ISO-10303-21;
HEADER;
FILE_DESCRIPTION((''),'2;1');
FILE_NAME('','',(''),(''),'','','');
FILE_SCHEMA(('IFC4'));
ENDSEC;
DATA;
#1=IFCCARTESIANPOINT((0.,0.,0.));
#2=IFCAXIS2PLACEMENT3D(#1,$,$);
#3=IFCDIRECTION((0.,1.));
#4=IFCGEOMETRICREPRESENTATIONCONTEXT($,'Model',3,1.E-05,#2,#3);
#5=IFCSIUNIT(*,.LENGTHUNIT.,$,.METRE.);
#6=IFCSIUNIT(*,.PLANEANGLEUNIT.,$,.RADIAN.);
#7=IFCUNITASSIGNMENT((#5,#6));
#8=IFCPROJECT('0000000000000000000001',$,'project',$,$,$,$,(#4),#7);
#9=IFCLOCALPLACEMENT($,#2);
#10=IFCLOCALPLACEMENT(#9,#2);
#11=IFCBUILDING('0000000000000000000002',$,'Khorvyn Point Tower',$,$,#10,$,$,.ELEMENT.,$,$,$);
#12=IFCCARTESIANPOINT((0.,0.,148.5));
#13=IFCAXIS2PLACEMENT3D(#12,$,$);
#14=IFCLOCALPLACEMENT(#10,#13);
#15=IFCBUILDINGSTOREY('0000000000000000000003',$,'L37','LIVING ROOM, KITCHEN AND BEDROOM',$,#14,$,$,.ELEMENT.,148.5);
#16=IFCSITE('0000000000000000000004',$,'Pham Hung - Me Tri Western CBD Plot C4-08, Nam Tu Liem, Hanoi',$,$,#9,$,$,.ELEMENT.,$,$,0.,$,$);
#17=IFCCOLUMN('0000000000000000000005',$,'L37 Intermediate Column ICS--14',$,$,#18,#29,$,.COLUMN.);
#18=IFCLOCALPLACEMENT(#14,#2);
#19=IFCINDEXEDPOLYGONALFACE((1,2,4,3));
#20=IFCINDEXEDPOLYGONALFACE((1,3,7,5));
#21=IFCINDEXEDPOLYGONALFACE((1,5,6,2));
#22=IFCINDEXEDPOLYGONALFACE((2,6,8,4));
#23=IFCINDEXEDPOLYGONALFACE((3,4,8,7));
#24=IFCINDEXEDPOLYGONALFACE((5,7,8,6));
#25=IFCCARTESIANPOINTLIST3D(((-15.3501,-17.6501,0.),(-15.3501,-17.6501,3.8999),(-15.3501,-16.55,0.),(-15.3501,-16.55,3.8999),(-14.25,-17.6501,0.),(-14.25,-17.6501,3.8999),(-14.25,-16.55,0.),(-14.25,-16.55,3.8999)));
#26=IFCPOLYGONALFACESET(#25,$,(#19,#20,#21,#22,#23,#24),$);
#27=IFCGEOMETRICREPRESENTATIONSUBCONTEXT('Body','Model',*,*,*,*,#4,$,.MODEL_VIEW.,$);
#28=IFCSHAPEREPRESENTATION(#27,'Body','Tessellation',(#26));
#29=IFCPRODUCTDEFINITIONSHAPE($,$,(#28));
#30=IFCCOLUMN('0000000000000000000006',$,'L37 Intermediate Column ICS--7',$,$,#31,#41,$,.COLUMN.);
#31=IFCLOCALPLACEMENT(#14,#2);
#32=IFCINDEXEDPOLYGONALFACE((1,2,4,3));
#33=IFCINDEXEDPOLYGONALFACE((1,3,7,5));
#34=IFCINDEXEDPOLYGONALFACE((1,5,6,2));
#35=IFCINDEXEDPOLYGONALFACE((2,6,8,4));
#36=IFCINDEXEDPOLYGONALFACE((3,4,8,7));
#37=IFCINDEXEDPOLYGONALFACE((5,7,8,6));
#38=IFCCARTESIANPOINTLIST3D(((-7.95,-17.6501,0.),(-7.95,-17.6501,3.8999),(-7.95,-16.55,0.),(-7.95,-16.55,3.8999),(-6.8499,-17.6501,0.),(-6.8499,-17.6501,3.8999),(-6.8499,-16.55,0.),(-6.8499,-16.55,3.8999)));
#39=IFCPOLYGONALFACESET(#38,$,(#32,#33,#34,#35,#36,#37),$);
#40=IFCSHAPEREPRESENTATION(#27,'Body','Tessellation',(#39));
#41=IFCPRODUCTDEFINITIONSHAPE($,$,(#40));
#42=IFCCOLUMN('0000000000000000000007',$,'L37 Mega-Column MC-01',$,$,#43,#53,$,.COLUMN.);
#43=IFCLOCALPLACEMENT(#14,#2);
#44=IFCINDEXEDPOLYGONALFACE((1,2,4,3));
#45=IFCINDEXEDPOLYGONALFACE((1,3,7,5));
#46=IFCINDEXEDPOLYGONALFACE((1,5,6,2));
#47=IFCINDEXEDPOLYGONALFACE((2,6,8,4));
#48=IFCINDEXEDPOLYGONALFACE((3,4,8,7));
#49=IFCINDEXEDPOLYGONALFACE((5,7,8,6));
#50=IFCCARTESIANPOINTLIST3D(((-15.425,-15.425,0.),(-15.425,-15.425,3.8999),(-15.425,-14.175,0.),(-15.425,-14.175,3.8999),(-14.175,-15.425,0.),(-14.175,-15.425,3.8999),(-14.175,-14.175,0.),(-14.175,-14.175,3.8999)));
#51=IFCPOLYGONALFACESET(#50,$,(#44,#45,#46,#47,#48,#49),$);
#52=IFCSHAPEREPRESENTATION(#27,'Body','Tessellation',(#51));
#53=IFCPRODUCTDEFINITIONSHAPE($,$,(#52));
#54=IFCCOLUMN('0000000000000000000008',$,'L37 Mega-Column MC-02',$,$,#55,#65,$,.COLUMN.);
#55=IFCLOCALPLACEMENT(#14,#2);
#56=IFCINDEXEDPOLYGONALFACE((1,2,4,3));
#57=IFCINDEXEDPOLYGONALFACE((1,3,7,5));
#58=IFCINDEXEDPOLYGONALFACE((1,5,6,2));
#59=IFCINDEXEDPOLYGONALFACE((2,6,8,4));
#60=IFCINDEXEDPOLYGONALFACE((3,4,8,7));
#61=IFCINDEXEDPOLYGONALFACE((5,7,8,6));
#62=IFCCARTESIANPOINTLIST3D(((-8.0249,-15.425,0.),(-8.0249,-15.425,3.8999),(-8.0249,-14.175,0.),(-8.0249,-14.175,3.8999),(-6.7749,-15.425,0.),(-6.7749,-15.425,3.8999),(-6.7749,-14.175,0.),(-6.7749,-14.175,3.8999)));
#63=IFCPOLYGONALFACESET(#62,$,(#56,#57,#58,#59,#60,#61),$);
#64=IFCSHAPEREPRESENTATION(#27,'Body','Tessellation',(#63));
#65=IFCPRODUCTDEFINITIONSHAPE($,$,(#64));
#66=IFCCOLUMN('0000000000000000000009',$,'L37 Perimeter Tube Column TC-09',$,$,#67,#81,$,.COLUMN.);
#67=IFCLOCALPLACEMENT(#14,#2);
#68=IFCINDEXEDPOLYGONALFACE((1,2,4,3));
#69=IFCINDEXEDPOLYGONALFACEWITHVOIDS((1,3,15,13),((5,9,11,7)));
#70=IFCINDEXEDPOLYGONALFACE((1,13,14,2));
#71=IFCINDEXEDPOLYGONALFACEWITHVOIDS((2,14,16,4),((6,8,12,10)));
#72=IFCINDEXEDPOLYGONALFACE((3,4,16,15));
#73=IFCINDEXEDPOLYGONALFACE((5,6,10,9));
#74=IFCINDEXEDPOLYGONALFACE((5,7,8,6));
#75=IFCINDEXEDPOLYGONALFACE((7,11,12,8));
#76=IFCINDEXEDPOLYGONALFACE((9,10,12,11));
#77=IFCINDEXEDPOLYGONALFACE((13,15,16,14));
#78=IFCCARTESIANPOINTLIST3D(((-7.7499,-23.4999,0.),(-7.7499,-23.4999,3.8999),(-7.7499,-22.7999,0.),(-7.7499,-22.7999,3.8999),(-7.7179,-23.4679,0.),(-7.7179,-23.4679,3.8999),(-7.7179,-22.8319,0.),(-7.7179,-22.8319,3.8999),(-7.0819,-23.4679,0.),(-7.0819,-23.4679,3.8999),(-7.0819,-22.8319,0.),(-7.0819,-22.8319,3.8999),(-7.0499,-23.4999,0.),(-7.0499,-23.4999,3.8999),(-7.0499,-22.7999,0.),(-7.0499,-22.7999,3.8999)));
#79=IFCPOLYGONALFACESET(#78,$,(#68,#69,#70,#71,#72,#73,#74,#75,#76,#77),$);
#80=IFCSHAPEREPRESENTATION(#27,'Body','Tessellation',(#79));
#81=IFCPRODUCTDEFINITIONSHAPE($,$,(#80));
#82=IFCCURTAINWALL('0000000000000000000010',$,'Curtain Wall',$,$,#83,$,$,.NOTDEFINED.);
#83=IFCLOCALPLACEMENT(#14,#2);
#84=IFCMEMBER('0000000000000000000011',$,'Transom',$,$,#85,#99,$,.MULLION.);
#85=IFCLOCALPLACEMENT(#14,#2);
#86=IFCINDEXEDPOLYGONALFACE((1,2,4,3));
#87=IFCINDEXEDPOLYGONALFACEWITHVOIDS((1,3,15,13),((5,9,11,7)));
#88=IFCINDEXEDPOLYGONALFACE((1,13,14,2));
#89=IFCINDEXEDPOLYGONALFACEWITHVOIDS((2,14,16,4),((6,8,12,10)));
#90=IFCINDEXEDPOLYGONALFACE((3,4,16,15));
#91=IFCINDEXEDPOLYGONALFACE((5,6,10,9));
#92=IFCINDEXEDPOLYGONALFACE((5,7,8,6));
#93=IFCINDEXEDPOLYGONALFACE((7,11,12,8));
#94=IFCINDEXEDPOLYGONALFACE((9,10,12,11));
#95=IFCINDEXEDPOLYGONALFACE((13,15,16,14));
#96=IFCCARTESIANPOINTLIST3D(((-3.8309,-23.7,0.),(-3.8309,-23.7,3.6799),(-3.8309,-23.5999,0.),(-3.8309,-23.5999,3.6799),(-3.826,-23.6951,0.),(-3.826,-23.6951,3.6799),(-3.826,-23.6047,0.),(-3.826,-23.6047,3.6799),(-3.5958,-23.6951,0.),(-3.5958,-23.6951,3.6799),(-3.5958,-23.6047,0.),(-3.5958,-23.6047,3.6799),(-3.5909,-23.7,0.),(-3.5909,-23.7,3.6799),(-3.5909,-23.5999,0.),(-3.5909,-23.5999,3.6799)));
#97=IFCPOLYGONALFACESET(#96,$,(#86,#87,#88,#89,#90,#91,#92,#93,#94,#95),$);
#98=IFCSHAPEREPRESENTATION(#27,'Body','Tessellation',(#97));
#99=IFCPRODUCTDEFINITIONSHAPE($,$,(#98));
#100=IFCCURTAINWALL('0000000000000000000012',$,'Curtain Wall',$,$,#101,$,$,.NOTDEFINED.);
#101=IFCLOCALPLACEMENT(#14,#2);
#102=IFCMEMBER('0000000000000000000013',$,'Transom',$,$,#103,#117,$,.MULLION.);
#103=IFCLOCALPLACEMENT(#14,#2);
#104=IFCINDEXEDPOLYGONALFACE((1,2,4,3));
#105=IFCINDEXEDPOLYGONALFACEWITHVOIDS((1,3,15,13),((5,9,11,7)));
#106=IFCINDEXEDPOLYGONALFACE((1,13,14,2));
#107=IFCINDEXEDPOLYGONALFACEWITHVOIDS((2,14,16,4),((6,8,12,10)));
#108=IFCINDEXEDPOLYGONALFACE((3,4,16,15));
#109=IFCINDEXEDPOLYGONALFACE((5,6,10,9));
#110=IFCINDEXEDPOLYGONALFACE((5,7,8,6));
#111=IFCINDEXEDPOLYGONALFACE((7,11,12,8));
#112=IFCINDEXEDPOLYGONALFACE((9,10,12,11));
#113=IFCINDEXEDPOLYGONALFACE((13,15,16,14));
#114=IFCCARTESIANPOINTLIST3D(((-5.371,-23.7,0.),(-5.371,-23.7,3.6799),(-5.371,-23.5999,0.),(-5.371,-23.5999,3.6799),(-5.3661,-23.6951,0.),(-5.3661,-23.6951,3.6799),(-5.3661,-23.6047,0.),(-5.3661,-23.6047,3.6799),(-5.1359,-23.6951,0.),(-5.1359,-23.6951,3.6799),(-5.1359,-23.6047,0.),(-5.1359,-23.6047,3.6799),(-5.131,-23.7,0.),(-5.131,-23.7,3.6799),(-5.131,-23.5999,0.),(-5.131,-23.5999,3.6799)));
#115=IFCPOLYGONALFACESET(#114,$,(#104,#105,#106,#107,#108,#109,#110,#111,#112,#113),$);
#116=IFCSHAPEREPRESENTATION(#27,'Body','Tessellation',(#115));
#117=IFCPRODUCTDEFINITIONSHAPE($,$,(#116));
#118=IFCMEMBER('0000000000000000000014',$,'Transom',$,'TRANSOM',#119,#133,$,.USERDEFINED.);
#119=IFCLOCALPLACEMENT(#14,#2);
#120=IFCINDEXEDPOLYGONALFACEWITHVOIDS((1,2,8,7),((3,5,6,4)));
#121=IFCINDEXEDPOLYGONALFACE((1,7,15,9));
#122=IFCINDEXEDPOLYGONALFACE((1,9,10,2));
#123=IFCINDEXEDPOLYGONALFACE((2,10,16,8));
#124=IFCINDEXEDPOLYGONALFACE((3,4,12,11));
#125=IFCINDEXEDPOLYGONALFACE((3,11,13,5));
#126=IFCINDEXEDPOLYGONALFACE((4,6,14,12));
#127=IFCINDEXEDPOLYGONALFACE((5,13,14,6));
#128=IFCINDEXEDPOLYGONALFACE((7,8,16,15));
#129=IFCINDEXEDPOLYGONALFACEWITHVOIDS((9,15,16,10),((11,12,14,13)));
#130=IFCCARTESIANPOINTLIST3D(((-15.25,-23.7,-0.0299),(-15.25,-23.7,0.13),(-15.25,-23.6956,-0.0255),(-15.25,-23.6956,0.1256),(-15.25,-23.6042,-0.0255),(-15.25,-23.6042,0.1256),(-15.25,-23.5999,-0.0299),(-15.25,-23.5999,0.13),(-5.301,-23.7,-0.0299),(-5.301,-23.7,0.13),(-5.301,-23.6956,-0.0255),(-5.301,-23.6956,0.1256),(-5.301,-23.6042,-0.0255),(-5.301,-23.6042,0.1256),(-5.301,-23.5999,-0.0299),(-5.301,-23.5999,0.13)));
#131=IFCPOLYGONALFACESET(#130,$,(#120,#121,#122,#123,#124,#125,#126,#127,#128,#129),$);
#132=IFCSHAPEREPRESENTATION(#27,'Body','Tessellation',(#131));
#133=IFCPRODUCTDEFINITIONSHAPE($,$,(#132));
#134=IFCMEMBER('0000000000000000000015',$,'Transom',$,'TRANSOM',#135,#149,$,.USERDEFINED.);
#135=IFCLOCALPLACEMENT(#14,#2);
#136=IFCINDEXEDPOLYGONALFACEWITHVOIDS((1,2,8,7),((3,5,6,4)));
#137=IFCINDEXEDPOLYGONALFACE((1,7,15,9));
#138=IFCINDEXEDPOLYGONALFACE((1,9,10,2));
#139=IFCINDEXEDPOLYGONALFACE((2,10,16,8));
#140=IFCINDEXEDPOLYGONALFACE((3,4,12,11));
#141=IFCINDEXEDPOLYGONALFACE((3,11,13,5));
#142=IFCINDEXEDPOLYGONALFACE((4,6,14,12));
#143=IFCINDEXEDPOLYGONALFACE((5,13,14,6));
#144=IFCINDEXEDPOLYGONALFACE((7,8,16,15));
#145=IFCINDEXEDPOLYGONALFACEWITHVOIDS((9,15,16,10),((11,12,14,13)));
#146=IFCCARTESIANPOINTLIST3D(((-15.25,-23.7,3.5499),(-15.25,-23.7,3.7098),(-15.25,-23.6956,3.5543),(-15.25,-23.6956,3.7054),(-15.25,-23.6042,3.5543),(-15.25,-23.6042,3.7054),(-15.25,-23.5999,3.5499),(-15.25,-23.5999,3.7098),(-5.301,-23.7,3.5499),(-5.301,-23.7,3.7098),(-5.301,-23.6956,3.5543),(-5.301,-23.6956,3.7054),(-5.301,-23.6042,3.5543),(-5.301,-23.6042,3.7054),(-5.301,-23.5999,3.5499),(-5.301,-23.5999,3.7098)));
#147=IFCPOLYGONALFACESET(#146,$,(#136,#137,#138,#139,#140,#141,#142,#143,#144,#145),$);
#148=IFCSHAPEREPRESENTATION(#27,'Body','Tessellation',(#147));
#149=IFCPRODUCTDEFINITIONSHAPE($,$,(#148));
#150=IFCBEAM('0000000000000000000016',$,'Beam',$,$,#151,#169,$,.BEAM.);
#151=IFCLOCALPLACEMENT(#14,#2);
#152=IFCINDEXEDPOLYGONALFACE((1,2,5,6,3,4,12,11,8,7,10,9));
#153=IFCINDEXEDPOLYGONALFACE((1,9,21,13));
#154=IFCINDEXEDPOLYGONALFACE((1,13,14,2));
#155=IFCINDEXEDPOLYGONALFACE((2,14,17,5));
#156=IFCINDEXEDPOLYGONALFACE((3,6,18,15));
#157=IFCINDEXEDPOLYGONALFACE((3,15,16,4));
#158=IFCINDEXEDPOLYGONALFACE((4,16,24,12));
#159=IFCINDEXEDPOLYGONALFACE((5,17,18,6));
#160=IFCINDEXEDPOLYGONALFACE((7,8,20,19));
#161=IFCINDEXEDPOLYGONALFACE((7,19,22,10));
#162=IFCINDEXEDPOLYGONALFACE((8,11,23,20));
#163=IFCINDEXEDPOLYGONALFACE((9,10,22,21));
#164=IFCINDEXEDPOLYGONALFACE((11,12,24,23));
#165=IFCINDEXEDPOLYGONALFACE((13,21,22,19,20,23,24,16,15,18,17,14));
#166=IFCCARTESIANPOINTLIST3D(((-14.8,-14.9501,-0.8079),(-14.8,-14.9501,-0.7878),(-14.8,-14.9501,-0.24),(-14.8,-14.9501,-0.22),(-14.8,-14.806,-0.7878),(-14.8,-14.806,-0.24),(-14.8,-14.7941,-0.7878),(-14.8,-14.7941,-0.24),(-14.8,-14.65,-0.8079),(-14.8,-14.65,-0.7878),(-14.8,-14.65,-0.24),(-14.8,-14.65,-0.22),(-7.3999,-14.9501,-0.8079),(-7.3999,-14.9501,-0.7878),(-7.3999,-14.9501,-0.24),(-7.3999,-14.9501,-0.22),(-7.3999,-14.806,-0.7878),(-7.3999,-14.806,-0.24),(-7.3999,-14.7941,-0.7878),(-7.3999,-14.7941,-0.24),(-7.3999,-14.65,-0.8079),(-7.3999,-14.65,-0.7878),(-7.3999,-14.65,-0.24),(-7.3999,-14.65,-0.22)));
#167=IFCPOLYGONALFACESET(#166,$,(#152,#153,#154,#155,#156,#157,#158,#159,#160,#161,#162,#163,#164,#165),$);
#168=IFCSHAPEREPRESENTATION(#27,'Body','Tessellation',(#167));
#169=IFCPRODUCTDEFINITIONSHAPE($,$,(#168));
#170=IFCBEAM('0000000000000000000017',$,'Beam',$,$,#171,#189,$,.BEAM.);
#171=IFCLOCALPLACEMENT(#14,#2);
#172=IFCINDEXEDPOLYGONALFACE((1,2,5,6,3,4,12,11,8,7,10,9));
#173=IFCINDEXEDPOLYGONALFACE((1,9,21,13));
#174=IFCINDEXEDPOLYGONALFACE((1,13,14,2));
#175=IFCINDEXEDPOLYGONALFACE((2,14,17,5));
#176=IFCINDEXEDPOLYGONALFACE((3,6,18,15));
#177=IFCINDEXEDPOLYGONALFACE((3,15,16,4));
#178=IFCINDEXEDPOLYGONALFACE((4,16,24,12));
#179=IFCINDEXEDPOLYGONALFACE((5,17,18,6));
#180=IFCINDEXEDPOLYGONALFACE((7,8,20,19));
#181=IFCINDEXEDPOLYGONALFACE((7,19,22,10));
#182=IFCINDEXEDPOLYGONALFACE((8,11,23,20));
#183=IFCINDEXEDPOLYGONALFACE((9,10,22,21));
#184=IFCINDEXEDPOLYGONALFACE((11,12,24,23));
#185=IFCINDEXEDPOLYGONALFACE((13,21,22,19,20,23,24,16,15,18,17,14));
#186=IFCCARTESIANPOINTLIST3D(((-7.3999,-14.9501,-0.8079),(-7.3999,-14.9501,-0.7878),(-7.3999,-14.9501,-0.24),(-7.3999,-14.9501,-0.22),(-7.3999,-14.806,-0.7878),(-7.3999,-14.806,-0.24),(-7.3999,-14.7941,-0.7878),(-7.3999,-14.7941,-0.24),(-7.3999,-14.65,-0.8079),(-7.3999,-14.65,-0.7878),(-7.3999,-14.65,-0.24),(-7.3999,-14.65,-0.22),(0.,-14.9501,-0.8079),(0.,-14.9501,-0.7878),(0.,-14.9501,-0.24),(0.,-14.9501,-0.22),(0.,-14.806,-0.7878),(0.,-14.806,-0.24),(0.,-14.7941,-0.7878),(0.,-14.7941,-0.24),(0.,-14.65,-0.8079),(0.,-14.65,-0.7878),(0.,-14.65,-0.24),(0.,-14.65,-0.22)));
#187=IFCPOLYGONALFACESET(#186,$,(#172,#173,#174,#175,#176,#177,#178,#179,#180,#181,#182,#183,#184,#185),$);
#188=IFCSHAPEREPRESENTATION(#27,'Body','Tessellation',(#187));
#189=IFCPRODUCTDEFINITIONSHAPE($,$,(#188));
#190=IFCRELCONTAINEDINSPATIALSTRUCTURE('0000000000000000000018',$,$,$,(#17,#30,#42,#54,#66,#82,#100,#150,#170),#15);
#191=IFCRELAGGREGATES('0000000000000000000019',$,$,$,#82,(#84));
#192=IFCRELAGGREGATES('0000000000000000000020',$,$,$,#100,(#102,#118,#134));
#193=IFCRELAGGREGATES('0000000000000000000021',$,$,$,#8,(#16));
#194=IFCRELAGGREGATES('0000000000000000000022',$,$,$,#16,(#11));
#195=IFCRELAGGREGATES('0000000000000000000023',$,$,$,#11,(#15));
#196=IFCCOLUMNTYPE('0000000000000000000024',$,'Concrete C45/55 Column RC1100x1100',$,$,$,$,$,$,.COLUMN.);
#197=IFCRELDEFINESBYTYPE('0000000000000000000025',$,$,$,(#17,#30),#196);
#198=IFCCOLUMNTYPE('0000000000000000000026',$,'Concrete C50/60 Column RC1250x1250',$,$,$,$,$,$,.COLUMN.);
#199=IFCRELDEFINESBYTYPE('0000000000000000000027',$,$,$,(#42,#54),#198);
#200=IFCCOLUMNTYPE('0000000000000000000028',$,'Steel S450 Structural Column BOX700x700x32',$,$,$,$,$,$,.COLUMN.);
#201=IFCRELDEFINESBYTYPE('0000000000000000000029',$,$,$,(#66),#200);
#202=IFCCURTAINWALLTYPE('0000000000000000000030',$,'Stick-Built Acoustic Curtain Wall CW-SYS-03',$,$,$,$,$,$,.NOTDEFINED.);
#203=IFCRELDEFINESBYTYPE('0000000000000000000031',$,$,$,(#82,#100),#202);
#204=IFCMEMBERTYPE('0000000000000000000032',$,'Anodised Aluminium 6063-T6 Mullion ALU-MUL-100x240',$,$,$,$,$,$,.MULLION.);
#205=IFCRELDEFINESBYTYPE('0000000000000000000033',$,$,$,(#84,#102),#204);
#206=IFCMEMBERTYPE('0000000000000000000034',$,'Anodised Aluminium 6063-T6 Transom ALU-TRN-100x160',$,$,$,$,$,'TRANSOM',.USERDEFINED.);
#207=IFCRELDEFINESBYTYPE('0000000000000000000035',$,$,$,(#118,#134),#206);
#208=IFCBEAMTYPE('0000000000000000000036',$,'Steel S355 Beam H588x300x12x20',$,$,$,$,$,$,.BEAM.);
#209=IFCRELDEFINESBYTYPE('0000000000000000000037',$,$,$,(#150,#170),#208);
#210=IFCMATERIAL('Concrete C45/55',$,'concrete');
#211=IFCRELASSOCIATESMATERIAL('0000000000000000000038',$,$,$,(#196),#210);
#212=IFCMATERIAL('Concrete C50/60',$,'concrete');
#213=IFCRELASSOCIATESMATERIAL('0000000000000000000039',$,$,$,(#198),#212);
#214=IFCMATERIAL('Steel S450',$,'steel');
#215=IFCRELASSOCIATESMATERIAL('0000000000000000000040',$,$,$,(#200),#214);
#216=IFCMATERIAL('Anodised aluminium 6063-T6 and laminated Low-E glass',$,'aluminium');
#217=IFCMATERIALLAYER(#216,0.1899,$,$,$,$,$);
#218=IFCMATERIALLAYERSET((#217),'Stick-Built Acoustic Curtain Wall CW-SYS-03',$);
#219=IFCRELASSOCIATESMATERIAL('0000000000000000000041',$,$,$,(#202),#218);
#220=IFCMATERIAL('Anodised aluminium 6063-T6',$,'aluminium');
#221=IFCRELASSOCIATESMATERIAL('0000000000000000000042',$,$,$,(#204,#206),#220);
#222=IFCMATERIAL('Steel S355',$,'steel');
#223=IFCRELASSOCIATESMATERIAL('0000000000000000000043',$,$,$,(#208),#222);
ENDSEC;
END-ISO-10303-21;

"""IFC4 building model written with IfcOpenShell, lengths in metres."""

from ifc_helpers import new_model, si_unit, direction, frame, origin, origin_2d, place, context, subcontext, project, spatial, rectangle, hollow_rectangle, i_section, extrude, material, layer, layer_set, material_profile, profile_set, type_object, element, aggregate, save


model = new_model("IFC4")

# Units and contexts
model_context = context("Model", 3, precision=1e-05, world=origin(), true_north=direction((0.0, 1.0)))
body_context = subcontext(model_context, "Body", "Model", "MODEL_VIEW")
ifc_project = project(units=[si_unit("LENGTHUNIT", "METRE"), si_unit("PLANEANGLEUNIT", "RADIAN")], contexts=[model_context])

# Site, building, storey
site_placement = place(None, origin())
site = spatial("IfcSite", under=ifc_project, at=site_placement, Name="Pham Hung - Me Tri Western CBD Plot C4-08, Nam Tu Liem, Hanoi", CompositionType="ELEMENT", RefElevation=0.0)
building_placement = place(site_placement, origin())
building = spatial("IfcBuilding", under=site, at=building_placement, Name="Khorvyn Point Tower", CompositionType="ELEMENT")
storey_placement = place(building_placement, frame((0.0, 0.0, 148.5)))
storey = spatial("IfcBuildingStorey", under=building, at=storey_placement, Name="L37", Description="LIVING ROOM, KITCHEN AND BEDROOM", CompositionType="ELEMENT", Elevation=148.5)

# Columns
ifc_material_1 = material(Name="Concrete C45/55", Category="concrete")
ifc_material_profile_1 = material_profile(ifc_material_1, rectangle(XDim=1.1001, YDim=1.1001, at=origin_2d()))
ifc_profile_set_1 = profile_set([ifc_material_profile_1], Name="Concrete C45/55 RC1100x1100")
column_type_1 = type_object("IfcColumnType", Name="Concrete C45/55 Column RC1100x1100", PredefinedType="COLUMN", material=ifc_profile_set_1)
for number, where, z_axis, x_axis, name in (
    (1, (-14.8, -17.1001, 0.0), (0.0, 0.0, 1.0), (1.0, 0.0, 0.0), "L37 Intermediate Column ICS--14"),
    (2, (-7.3999, -17.1001, 0.0), (0.0, 0.0, 1.0), (1.0, 0.0, 0.0), "L37 Intermediate Column ICS--7"),
):
    element("IfcColumn", number, at=place(storey_placement, frame(where, z_axis=z_axis, x_axis=x_axis)), inside=storey, type_object=column_type_1, Name=name, PredefinedType="COLUMN", context=body_context, shape_type="SweptSolid", body=[
        extrude(rectangle(XDim=1.1001, YDim=1.1001, at=origin_2d()), origin(), (0.0, 0.0, 1.0), 3.8999),
    ])
ifc_material_2 = material(Name="Concrete C50/60", Category="concrete")
ifc_material_profile_2 = material_profile(ifc_material_2, rectangle(XDim=1.25, YDim=1.25, at=origin_2d()))
ifc_profile_set_2 = profile_set([ifc_material_profile_2], Name="Concrete C50/60 RC1250x1250")
column_type_2 = type_object("IfcColumnType", Name="Concrete C50/60 Column RC1250x1250", PredefinedType="COLUMN", material=ifc_profile_set_2)
for number, where, z_axis, x_axis, name in (
    (3, (-14.8, -14.8, 0.0), (0.0, 0.0, 1.0), (1.0, 0.0, 0.0), "L37 Mega-Column MC-01"),
    (4, (-7.3999, -14.8, 0.0), (0.0, 0.0, 1.0), (1.0, 0.0, 0.0), "L37 Mega-Column MC-02"),
):
    element("IfcColumn", number, at=place(storey_placement, frame(where, z_axis=z_axis, x_axis=x_axis)), inside=storey, type_object=column_type_2, Name=name, PredefinedType="COLUMN", context=body_context, shape_type="SweptSolid", body=[
        extrude(rectangle(XDim=1.25, YDim=1.25, at=origin_2d()), origin(), (0.0, 0.0, 1.0), 3.8999),
    ])
ifc_material_3 = material(Name="Steel S450", Category="steel")
ifc_material_profile_3 = material_profile(ifc_material_3, hollow_rectangle(XDim=0.7, YDim=0.7, WallThickness=0.032, at=origin_2d()))
ifc_profile_set_3 = profile_set([ifc_material_profile_3], Name="Steel S450 BOX700x700x32")
column_type_3 = type_object("IfcColumnType", Name="Steel S450 Structural Column BOX700x700x32", PredefinedType="COLUMN", material=ifc_profile_set_3)
column_placement = place(storey_placement, frame((-7.3999, -23.1499, 0.0), z_axis=(0.0, 0.0, 1.0), x_axis=(1.0, 0.0, 0.0)))
element("IfcColumn", 5, at=column_placement, inside=storey, type_object=column_type_3, Name="L37 Perimeter Tube Column TC-09", PredefinedType="COLUMN", context=body_context, shape_type="SweptSolid", body=[
    extrude(hollow_rectangle(XDim=0.7, YDim=0.7, WallThickness=0.032, at=origin_2d()), origin(), (0.0, 0.0, 1.0), 3.8999),
])

# Curtain wall, member
ifc_material_4 = material(Name="Anodised aluminium 6063-T6 and laminated Low-E glass", Category="aluminium")
ifc_layer_1 = layer(ifc_material_4, 0.1899)
ifc_layer_set_1 = layer_set([ifc_layer_1], Name="Stick-Built Acoustic Curtain Wall CW-SYS-03")
curtain_wall_type = type_object("IfcCurtainWallType", Name="Stick-Built Acoustic Curtain Wall CW-SYS-03", PredefinedType="NOTDEFINED", material=ifc_layer_set_1)
curtain_wall_1_placement = place(storey_placement, origin())
curtain_wall_1 = element("IfcCurtainWall", 6, at=curtain_wall_1_placement, inside=storey, type_object=curtain_wall_type, Name="Curtain Wall", PredefinedType="NOTDEFINED")
ifc_material_5 = material(Name="Anodised aluminium 6063-T6", Category="aluminium")
ifc_material_profile_4 = material_profile(ifc_material_5, hollow_rectangle(XDim=0.1001, YDim=0.24, WallThickness=0.0049, at=origin_2d()))
ifc_profile_set_4 = profile_set([ifc_material_profile_4], Name="Anodised aluminium 6063-T6 ALU-MUL-100x240")
member_type_1 = type_object("IfcMemberType", Name="Anodised Aluminium 6063-T6 Mullion ALU-MUL-100x240", PredefinedType="MULLION", material=ifc_profile_set_4)
member_1_placement = place(storey_placement, frame((-3.7109, -23.6499, 0.0), z_axis=(0.0, 0.0, 1.0), x_axis=(0.0, -1.0, 0.0)))
member_1 = element("IfcMember", 7, at=member_1_placement, type_object=member_type_1, Name="Transom", PredefinedType="MULLION", context=body_context, shape_type="SweptSolid", body=[
    extrude(hollow_rectangle(XDim=0.1001, YDim=0.24, WallThickness=0.0049, at=origin_2d()), origin(), (0.0, 0.0, 1.0), 3.6799),
])
aggregate(curtain_wall_1, [member_1])

# Curtain wall, members
curtain_wall_2_placement = place(storey_placement, origin())
curtain_wall_2 = element("IfcCurtainWall", 8, at=curtain_wall_2_placement, inside=storey, type_object=curtain_wall_type, Name="Curtain Wall", PredefinedType="NOTDEFINED")
member_2_placement = place(storey_placement, frame((-5.251, -23.6499, 0.0), z_axis=(0.0, 0.0, 1.0), x_axis=(0.0, -1.0, 0.0)))
member_2 = element("IfcMember", 9, at=member_2_placement, type_object=member_type_1, Name="Transom", PredefinedType="MULLION", context=body_context, shape_type="SweptSolid", body=[
    extrude(hollow_rectangle(XDim=0.1001, YDim=0.24, WallThickness=0.0049, at=origin_2d()), origin(), (0.0, 0.0, 1.0), 3.6799),
])
ifc_material_profile_5 = material_profile(ifc_material_5, hollow_rectangle(XDim=0.1001, YDim=0.1599, WallThickness=0.0044, at=origin_2d()))
ifc_profile_set_5 = profile_set([ifc_material_profile_5], Name="Anodised aluminium 6063-T6 ALU-TRN-100x160")
member_type_2 = type_object("IfcMemberType", Name="Anodised Aluminium 6063-T6 Transom ALU-TRN-100x160", ElementType="TRANSOM", PredefinedType="USERDEFINED", material=ifc_profile_set_5)
member_3_placement = place(storey_placement, frame((-5.301, -23.6499, 0.05), z_axis=(-1.0, 0.0, 0.0), x_axis=(0.0, -1.0, 0.0)))
member_3 = element("IfcMember", 10, at=member_3_placement, type_object=member_type_2, Name="Transom", ObjectType="TRANSOM", PredefinedType="USERDEFINED", context=body_context, shape_type="SweptSolid", body=[
    extrude(hollow_rectangle(XDim=0.1001, YDim=0.1599, WallThickness=0.0044, at=origin_2d()), origin(), (0.0, 0.0, 1.0), 9.949),
])
member_4_placement = place(storey_placement, frame((-5.301, -23.6499, 3.6299), z_axis=(-1.0, 0.0, 0.0), x_axis=(0.0, -1.0, 0.0)))
member_4 = element("IfcMember", 11, at=member_4_placement, type_object=member_type_2, Name="Transom", ObjectType="TRANSOM", PredefinedType="USERDEFINED", context=body_context, shape_type="SweptSolid", body=[
    extrude(hollow_rectangle(XDim=0.1001, YDim=0.1599, WallThickness=0.0044, at=origin_2d()), origin(), (0.0, 0.0, 1.0), 9.949),
])

# Beams
ifc_material_6 = material(Name="Steel S355", Category="steel")
ifc_material_profile_6 = material_profile(ifc_material_6, i_section(OverallWidth=0.3, OverallDepth=0.5879, WebThickness=0.012, FlangeThickness=0.02, at=origin_2d()))
ifc_profile_set_6 = profile_set([ifc_material_profile_6], Name="Steel S355 H588x300x12x20")
beam_type_1 = type_object("IfcBeamType", Name="Steel S355 Beam H588x300x12x20", PredefinedType="BEAM", material=ifc_profile_set_6)
beam_1_placement = place(storey_placement, frame((-14.8, -14.8, -0.5139), z_axis=(1.0, 0.0, 0.0), x_axis=(0.0, 1.0, 0.0)))
element("IfcBeam", 12, at=beam_1_placement, inside=storey, type_object=beam_type_1, Name="Beam", PredefinedType="BEAM", context=body_context, shape_type="SweptSolid", body=[
    extrude(i_section(OverallWidth=0.3, OverallDepth=0.5879, WebThickness=0.012, FlangeThickness=0.02, at=origin_2d()), origin(), (0.0, 0.0, 1.0), 7.4001),
])
beam_2_placement = place(storey_placement, frame((-7.3999, -14.8, -0.5139), z_axis=(1.0, 0.0, 0.0), x_axis=(0.0, 1.0, 0.0)))
element("IfcBeam", 13, at=beam_2_placement, inside=storey, type_object=beam_type_1, Name="Beam", PredefinedType="BEAM", context=body_context, shape_type="SweptSolid", body=[
    extrude(i_section(OverallWidth=0.3, OverallDepth=0.5879, WebThickness=0.012, FlangeThickness=0.02, at=origin_2d()), origin(), (0.0, 0.0, 1.0), 7.3999),
])

aggregate(curtain_wall_2, [member_2, member_3, member_4])

save(model, "model.ifc")
